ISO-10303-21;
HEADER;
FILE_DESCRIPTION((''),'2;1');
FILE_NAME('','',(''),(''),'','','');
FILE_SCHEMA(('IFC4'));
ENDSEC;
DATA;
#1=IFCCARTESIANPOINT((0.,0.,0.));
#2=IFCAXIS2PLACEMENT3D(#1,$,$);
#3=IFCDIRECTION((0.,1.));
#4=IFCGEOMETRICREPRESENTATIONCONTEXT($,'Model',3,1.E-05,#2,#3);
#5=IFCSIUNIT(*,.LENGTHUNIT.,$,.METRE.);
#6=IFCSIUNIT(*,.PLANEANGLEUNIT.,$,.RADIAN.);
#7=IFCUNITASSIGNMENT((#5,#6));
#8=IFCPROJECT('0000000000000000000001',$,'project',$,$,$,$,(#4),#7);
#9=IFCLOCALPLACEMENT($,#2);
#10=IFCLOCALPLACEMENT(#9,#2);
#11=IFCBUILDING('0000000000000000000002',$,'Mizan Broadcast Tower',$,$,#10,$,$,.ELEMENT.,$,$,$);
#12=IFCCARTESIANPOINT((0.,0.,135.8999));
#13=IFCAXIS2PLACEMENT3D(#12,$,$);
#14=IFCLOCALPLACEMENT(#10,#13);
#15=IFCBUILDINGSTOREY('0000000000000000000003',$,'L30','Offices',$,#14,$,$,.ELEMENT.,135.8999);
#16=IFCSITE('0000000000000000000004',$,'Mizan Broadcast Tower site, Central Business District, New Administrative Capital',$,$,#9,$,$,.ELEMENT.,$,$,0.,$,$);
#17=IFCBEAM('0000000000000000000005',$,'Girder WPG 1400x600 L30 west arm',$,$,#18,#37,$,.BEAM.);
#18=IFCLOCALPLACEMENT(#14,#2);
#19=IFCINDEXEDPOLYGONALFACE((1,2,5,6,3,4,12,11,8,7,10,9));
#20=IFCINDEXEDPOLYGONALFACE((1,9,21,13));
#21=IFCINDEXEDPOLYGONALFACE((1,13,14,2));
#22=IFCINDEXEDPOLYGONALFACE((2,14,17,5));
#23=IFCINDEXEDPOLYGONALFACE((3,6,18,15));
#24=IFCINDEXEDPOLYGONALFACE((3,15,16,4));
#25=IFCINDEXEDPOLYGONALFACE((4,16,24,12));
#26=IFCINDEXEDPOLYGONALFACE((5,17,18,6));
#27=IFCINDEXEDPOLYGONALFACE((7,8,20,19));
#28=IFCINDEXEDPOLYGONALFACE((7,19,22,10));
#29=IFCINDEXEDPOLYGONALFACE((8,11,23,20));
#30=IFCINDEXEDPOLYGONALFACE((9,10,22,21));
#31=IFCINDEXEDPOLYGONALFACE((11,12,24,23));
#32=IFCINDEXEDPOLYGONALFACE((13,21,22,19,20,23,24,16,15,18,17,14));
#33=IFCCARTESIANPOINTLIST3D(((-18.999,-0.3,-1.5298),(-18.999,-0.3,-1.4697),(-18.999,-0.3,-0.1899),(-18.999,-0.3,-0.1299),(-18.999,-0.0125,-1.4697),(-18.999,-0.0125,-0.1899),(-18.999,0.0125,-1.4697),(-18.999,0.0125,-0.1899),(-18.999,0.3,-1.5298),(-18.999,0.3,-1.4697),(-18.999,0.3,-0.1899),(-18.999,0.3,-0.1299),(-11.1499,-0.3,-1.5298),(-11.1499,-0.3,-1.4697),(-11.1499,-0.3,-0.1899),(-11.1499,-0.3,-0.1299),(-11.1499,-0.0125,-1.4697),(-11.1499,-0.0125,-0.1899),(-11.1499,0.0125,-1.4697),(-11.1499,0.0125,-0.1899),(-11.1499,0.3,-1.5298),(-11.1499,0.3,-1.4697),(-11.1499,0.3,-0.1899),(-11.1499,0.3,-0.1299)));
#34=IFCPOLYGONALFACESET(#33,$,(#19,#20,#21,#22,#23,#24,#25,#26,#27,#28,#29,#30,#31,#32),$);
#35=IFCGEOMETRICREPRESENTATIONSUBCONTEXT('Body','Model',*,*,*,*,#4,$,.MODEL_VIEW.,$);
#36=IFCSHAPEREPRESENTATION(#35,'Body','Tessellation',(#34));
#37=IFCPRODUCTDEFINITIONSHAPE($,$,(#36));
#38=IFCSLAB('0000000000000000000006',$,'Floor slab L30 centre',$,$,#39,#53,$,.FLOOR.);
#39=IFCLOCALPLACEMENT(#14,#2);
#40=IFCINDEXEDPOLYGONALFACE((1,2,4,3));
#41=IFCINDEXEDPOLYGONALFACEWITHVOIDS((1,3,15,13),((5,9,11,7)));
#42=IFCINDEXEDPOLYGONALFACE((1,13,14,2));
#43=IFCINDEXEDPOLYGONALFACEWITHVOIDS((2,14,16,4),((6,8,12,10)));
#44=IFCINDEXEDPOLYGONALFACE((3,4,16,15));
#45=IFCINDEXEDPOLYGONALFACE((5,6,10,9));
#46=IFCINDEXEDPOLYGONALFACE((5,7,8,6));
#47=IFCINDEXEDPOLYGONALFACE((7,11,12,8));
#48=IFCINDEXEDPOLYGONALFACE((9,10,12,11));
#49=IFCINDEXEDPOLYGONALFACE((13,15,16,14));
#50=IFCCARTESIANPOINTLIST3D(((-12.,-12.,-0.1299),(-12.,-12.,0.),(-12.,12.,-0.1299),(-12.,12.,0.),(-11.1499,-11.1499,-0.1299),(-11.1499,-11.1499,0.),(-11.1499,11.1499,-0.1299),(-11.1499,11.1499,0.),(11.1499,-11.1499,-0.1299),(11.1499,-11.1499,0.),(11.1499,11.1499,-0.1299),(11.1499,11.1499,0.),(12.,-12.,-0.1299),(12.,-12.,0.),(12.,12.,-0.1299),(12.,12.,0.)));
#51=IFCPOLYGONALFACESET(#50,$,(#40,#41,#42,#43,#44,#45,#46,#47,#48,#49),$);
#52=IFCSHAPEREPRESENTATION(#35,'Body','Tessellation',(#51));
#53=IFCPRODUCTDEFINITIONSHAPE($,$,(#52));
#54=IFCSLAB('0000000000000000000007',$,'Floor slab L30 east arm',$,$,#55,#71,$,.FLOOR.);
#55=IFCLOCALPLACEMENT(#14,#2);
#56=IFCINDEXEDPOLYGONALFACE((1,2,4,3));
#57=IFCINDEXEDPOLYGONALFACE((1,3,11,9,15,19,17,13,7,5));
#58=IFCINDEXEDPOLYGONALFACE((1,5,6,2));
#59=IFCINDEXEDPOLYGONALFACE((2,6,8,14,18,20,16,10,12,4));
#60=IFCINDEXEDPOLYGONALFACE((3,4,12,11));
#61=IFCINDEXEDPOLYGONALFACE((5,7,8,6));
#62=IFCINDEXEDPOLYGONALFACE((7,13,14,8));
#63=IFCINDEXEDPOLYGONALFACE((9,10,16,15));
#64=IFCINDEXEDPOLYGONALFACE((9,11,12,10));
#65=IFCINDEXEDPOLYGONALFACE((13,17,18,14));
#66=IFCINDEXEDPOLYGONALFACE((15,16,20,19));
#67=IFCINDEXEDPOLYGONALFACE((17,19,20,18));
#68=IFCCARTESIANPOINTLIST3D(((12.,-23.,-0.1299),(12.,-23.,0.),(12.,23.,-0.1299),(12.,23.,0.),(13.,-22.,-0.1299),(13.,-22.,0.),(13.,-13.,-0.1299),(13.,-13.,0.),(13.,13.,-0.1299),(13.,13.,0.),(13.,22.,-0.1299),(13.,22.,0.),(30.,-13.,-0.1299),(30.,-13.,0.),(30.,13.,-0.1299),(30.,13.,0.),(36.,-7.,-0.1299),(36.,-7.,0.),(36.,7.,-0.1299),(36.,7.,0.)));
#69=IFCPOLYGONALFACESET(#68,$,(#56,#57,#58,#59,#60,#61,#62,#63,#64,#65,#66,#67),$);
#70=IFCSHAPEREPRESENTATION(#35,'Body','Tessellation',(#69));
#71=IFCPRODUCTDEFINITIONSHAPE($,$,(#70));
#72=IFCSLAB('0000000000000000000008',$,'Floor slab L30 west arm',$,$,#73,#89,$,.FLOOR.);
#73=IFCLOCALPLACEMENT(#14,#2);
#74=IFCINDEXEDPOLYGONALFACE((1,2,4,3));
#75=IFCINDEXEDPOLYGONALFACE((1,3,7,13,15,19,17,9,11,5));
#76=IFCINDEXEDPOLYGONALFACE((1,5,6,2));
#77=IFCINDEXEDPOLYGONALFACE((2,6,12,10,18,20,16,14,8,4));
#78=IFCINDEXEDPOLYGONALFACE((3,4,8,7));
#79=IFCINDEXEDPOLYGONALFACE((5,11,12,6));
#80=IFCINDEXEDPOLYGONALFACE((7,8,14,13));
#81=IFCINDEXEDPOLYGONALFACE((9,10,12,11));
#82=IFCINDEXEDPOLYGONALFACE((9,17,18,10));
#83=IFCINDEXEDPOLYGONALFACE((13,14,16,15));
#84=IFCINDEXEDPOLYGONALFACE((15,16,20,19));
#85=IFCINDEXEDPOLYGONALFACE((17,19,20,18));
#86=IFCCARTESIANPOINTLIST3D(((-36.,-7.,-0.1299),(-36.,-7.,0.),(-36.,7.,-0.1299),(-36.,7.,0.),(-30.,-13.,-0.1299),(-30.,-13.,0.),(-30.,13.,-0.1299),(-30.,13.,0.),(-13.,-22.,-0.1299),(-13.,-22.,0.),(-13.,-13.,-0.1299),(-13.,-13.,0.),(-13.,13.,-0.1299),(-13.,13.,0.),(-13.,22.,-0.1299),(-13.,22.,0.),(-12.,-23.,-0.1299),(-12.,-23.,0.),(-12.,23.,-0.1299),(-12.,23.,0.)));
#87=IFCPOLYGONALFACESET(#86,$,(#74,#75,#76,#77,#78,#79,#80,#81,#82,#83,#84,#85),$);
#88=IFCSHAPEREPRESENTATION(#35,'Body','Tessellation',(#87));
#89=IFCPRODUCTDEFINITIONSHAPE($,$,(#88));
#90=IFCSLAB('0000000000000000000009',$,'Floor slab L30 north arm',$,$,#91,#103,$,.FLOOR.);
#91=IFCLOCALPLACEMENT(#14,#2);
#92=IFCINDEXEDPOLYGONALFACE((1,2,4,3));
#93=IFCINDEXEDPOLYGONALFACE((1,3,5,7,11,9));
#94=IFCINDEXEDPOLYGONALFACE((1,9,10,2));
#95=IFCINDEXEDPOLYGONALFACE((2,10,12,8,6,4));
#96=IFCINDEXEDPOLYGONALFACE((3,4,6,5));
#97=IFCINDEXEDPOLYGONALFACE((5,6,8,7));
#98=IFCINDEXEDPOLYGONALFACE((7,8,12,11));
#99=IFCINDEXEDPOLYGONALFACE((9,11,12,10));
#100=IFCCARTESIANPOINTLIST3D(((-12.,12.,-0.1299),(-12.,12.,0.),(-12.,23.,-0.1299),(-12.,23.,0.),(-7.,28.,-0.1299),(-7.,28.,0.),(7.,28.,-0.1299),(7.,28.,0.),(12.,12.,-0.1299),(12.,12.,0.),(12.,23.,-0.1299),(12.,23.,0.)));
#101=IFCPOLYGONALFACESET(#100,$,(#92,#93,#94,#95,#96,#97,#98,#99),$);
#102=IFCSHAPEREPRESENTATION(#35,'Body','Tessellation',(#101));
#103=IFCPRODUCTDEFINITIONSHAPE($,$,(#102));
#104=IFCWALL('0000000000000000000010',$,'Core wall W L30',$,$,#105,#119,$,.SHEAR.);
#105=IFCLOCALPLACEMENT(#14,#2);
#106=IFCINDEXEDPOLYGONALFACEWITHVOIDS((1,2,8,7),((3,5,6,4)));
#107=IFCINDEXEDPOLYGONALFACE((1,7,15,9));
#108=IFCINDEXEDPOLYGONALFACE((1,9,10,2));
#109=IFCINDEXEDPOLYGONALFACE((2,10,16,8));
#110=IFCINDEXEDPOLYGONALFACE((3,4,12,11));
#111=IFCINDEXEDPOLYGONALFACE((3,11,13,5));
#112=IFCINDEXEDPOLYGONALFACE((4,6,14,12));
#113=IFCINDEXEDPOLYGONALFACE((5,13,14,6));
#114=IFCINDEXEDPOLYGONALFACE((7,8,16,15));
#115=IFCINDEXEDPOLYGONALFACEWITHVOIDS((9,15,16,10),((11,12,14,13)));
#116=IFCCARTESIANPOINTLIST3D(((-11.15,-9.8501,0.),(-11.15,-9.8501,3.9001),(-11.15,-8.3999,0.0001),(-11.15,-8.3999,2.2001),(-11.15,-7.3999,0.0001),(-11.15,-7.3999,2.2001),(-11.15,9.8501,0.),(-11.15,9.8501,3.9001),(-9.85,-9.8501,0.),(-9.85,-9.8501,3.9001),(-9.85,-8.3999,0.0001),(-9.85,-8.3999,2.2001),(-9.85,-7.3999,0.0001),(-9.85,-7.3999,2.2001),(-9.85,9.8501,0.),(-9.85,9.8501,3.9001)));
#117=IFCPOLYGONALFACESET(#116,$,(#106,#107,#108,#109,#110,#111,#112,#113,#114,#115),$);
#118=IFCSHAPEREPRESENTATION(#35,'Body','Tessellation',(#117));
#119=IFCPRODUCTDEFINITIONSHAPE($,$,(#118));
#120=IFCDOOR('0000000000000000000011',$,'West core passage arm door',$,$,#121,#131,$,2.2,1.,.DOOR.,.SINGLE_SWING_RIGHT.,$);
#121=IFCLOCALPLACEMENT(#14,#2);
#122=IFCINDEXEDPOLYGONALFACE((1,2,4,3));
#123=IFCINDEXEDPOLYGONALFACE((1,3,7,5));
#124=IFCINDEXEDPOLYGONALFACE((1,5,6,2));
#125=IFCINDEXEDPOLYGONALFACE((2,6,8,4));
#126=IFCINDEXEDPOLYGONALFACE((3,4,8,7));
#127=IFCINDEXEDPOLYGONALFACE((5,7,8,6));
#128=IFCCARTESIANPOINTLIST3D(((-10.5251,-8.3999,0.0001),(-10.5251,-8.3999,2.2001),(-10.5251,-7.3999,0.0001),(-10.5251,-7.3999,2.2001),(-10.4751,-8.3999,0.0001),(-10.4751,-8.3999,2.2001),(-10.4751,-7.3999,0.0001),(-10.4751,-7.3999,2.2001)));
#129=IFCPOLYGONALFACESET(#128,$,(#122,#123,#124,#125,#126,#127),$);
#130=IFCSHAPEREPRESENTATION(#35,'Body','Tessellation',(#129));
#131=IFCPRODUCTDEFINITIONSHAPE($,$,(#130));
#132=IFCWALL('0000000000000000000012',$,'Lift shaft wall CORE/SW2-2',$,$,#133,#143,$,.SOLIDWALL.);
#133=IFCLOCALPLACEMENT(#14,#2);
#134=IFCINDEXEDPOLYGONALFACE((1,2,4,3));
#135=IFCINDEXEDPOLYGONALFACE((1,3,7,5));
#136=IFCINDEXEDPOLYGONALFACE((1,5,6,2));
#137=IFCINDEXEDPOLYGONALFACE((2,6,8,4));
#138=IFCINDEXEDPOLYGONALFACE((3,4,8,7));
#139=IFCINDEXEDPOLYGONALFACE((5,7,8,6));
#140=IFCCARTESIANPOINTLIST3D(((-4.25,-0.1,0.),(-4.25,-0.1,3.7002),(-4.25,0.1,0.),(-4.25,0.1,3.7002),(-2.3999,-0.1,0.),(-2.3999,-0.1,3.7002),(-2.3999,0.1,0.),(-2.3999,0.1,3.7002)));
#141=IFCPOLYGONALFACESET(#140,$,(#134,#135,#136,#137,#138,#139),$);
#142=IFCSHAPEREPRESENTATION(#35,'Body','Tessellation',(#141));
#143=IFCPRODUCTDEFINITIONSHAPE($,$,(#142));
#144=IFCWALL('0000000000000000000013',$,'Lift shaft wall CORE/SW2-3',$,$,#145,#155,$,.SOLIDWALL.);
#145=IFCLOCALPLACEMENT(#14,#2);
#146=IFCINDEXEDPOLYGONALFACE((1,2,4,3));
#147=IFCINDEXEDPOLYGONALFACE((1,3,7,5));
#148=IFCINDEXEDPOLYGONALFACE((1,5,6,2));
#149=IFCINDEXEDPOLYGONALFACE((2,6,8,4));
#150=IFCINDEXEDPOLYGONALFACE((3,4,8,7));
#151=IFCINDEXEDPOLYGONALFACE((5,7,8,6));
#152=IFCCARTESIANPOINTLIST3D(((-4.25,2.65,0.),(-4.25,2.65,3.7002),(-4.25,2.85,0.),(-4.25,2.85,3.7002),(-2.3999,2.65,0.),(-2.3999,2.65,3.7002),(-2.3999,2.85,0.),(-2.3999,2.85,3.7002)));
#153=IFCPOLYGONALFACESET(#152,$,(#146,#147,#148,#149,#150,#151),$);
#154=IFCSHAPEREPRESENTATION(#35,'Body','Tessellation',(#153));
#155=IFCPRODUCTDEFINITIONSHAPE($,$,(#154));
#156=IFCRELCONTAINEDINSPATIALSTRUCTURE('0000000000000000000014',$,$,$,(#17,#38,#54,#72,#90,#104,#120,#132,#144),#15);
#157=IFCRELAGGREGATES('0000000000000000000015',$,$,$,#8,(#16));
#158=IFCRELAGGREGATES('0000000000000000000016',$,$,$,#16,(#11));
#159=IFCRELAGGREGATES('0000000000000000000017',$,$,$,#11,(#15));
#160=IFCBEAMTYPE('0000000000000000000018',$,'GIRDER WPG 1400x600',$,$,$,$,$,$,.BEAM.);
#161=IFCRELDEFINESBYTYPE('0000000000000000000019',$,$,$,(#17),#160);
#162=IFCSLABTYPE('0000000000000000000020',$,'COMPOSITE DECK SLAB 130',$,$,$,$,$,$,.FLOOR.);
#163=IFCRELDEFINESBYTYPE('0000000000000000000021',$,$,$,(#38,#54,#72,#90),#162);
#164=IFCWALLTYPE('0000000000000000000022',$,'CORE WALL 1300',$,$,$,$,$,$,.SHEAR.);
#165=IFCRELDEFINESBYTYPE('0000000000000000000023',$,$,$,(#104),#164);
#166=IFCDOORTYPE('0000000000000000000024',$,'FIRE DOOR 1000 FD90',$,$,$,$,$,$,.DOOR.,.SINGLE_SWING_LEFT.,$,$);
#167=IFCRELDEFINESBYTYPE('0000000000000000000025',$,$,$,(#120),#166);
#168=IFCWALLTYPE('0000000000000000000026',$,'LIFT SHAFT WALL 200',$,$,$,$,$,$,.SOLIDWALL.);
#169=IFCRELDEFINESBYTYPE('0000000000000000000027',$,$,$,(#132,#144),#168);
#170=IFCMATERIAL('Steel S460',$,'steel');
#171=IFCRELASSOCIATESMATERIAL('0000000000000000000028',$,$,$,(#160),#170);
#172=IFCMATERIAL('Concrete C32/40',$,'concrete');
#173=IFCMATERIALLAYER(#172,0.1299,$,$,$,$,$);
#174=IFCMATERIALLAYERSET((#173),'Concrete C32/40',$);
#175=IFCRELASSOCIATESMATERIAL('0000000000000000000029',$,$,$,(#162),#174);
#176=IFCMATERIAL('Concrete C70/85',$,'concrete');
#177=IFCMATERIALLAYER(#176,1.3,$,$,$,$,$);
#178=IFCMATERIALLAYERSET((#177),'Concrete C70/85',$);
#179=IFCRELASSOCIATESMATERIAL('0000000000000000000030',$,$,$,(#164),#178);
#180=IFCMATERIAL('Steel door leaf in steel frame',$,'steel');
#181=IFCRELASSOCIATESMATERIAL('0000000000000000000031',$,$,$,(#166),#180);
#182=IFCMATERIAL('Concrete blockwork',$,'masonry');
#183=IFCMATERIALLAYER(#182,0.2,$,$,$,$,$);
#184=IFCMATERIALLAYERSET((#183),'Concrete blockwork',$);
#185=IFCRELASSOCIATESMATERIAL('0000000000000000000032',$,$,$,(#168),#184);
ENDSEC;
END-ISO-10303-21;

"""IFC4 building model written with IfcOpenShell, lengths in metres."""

from ifc_helpers import new_model, si_unit, direction, frame, frame_2d, origin, origin_2d, place, context, subcontext, project, spatial, polyline, rectangle, i_section, outline, extrude, material, layer, layer_set, material_profile, profile_set, type_object, element, fill, save


model = new_model("IFC4")

# Units and contexts
model_context = context("Model", 3, precision=1e-05, world=origin(), true_north=direction((0.0, 1.0)))
body_context = subcontext(model_context, "Body", "Model", "MODEL_VIEW")
ifc_project = project(units=[si_unit("LENGTHUNIT", "METRE"), si_unit("PLANEANGLEUNIT", "RADIAN")], contexts=[model_context])

# Site, building, storey
site_placement = place(None, origin())
site = spatial("IfcSite", under=ifc_project, at=site_placement, Name="Mizan Broadcast Tower site, Central Business District, New Administrative Capital", CompositionType="ELEMENT", RefElevation=0.0)
building_placement = place(site_placement, origin())
building = spatial("IfcBuilding", under=site, at=building_placement, Name="Mizan Broadcast Tower", CompositionType="ELEMENT")
storey_placement = place(building_placement, frame((0.0, 0.0, 135.8999)))
storey = spatial("IfcBuildingStorey", under=building, at=storey_placement, Name="L30", Description="Offices", CompositionType="ELEMENT", Elevation=135.8999)

# Beam
ifc_material_1 = material(Name="Steel S460", Category="steel")
ifc_material_profile = material_profile(ifc_material_1, i_section(OverallWidth=0.6001, OverallDepth=1.3999, WebThickness=0.0249, FlangeThickness=0.0601, at=origin_2d()), Name="WPG 1400x600")
ifc_profile_set = profile_set([ifc_material_profile], Name="Steel S460")
beam_type = type_object("IfcBeamType", Name="GIRDER WPG 1400x600", PredefinedType="BEAM", material=ifc_profile_set)
beam_placement = place(storey_placement, frame((-11.1499, 0.0, -0.8298), z_axis=(-1.0, 0.0, 0.0), x_axis=(0.0, -1.0, 0.0)))
element("IfcBeam", 1, at=beam_placement, inside=storey, type_object=beam_type, Name="Girder WPG 1400x600 L30 west arm", PredefinedType="BEAM", context=body_context, shape_type="SweptSolid", body=[
    extrude(i_section(OverallWidth=0.6001, OverallDepth=1.3999, WebThickness=0.0249, FlangeThickness=0.0601, at=origin_2d()), origin(), (0.0, 0.0, 1.0), 7.8491),
])

# Slabs
ifc_material_2 = material(Name="Concrete C32/40", Category="concrete")
ifc_layer_1 = layer(ifc_material_2, 0.1299)
ifc_layer_set_1 = layer_set([ifc_layer_1], Name="Concrete C32/40")
slab_type = type_object("IfcSlabType", Name="COMPOSITE DECK SLAB 130", PredefinedType="FLOOR", material=ifc_layer_set_1)
slab_1_placement = place(storey_placement, frame((0.0, 0.0, -0.1299)))
element("IfcSlab", 2, at=slab_1_placement, inside=storey, type_object=slab_type, Name="Floor slab L30 centre", PredefinedType="FLOOR", context=body_context, shape_type="SweptSolid", body=[
    extrude(outline(polyline([(-12.0, -12.0), (12.0, -12.0), (12.0, 12.0), (-12.0, 12.0), (-12.0, -12.0)]), holes=[polyline([(-11.1499, 11.1499), (11.1499, 11.1499), (11.1499, -11.1499), (-11.1499, -11.1499), (-11.1499, 11.1499)])]), origin(), (0.0, 0.0, 1.0), 0.1299),
])
slab_2_placement = place(storey_placement, frame((0.0, 0.0, -0.1299)))
element("IfcSlab", 3, at=slab_2_placement, inside=storey, type_object=slab_type, Name="Floor slab L30 east arm", PredefinedType="FLOOR", context=body_context, shape_type="SweptSolid", body=[
    extrude(outline(polyline([(12.0, -23.0), (13.0, -22.0), (13.0, -13.0), (30.0, -13.0), (36.0, -7.0), (36.0, 7.0), (30.0, 13.0), (13.0, 13.0), (13.0, 22.0), (12.0, 23.0), (12.0, -23.0)])), origin(), (0.0, 0.0, 1.0), 0.1299),
])
slab_3_placement = place(storey_placement, frame((0.0, 0.0, -0.1299)))
element("IfcSlab", 4, at=slab_3_placement, inside=storey, type_object=slab_type, Name="Floor slab L30 west arm", PredefinedType="FLOOR", context=body_context, shape_type="SweptSolid", body=[
    extrude(outline(polyline([(-13.0, -22.0), (-12.0, -23.0), (-12.0, 23.0), (-13.0, 22.0), (-13.0, 13.0), (-30.0, 13.0), (-36.0, 7.0), (-36.0, -7.0), (-30.0, -13.0), (-13.0, -13.0), (-13.0, -22.0)])), origin(), (0.0, 0.0, 1.0), 0.1299),
])
slab_4_placement = place(storey_placement, frame((0.0, 0.0, -0.1299)))
element("IfcSlab", 5, at=slab_4_placement, inside=storey, type_object=slab_type, Name="Floor slab L30 north arm", PredefinedType="FLOOR", context=body_context, shape_type="SweptSolid", body=[
    extrude(outline(polyline([(-7.0, 28.0), (-12.0, 23.0), (-12.0, 12.0), (12.0, 12.0), (12.0, 23.0), (7.0, 28.0), (-7.0, 28.0)])), origin(), (0.0, 0.0, 1.0), 0.1299),
])

# Wall, opening, door
ifc_material_3 = material(Name="Concrete C70/85", Category="concrete")
ifc_layer_2 = layer(ifc_material_3, 1.3)
ifc_layer_set_2 = layer_set([ifc_layer_2], Name="Concrete C70/85")
wall_type_1 = type_object("IfcWallType", Name="CORE WALL 1300", PredefinedType="SHEAR", material=ifc_layer_set_2)
wall_1_placement = place(storey_placement, frame((-10.5, 9.8501, 0.0), z_axis=(0.0, 0.0, 1.0), x_axis=(0.0, -1.0, 0.0)))
wall_1 = element("IfcWall", 6, at=wall_1_placement, inside=storey, type_object=wall_type_1, Name="Core wall W L30", PredefinedType="SHEAR", context=body_context, shape_type="SweptSolid", body=[
    extrude(rectangle(XDim=19.7002, YDim=1.3, at=frame_2d((9.8501, 0.0))), origin(), (0.0, 0.0, 1.0), 3.9001),
])
opening_1_placement = place(wall_1_placement, frame((17.25, 0.0, 0.0)))
opening_1 = element("IfcOpeningElement", 7, at=opening_1_placement, cuts=wall_1, PredefinedType="OPENING", context=body_context, shape_type="SweptSolid", body=[
    extrude(rectangle(XDim=1.0, YDim=2.2, at=frame_2d((0.5, 1.1001))), frame((0.0, 0.6599, 0.0), z_axis=(0.0, -1.0, 0.0), x_axis=(1.0, 0.0, 0.0)), (0.0, 0.0, 1.0), 1.3201),
])
ifc_material_4 = material(Name="Steel door leaf in steel frame", Category="steel")
door_type_1 = type_object("IfcDoorType", Name="FIRE DOOR 1000 FD90", OperationType="SINGLE_SWING_LEFT", PredefinedType="DOOR", material=ifc_material_4)
door_1_placement = place(opening_1_placement, origin())
door_1 = element("IfcDoor", 8, at=door_1_placement, inside=storey, type_object=door_type_1, Name="West core passage arm door", OperationType="SINGLE_SWING_RIGHT", OverallHeight=2.2, OverallWidth=1.0, PredefinedType="DOOR", context=body_context, shape_type="SweptSolid", body=[
    extrude(rectangle(XDim=1.0, YDim=2.2, at=frame_2d((0.5, 1.1001))), frame((0.0, 0.0249, 0.0), z_axis=(0.0, -1.0, 0.0), x_axis=(1.0, 0.0, 0.0)), (0.0, 0.0, 1.0), 0.05),
])
fill(opening_1, door_1)

# Walls
ifc_material_5 = material(Name="Concrete blockwork", Category="masonry")
ifc_layer_3 = layer(ifc_material_5, 0.2)
ifc_layer_set_3 = layer_set([ifc_layer_3], Name="Concrete blockwork")
wall_type_2 = type_object("IfcWallType", Name="LIFT SHAFT WALL 200", PredefinedType="SOLIDWALL", material=ifc_layer_set_3)
for number, where, z_axis, x_axis, name in (
    (9, (-4.25, 0.0, 0.0), (0.0, 0.0, 1.0), (1.0, 0.0, 0.0), "Lift shaft wall CORE/SW2-2"),
    (10, (-4.25, 2.75, 0.0), (0.0, 0.0, 1.0), (1.0, 0.0, 0.0), "Lift shaft wall CORE/SW2-3"),
):
    element("IfcWall", number, at=place(storey_placement, frame(where, z_axis=z_axis, x_axis=x_axis)), inside=storey, type_object=wall_type_2, Name=name, PredefinedType="SOLIDWALL", context=body_context, shape_type="SweptSolid", body=[
        extrude(rectangle(XDim=1.8501, YDim=0.2, at=frame_2d((0.925, 0.0))), origin(), (0.0, 0.0, 1.0), 3.7002),
    ])

save(model, "model.ifc")
